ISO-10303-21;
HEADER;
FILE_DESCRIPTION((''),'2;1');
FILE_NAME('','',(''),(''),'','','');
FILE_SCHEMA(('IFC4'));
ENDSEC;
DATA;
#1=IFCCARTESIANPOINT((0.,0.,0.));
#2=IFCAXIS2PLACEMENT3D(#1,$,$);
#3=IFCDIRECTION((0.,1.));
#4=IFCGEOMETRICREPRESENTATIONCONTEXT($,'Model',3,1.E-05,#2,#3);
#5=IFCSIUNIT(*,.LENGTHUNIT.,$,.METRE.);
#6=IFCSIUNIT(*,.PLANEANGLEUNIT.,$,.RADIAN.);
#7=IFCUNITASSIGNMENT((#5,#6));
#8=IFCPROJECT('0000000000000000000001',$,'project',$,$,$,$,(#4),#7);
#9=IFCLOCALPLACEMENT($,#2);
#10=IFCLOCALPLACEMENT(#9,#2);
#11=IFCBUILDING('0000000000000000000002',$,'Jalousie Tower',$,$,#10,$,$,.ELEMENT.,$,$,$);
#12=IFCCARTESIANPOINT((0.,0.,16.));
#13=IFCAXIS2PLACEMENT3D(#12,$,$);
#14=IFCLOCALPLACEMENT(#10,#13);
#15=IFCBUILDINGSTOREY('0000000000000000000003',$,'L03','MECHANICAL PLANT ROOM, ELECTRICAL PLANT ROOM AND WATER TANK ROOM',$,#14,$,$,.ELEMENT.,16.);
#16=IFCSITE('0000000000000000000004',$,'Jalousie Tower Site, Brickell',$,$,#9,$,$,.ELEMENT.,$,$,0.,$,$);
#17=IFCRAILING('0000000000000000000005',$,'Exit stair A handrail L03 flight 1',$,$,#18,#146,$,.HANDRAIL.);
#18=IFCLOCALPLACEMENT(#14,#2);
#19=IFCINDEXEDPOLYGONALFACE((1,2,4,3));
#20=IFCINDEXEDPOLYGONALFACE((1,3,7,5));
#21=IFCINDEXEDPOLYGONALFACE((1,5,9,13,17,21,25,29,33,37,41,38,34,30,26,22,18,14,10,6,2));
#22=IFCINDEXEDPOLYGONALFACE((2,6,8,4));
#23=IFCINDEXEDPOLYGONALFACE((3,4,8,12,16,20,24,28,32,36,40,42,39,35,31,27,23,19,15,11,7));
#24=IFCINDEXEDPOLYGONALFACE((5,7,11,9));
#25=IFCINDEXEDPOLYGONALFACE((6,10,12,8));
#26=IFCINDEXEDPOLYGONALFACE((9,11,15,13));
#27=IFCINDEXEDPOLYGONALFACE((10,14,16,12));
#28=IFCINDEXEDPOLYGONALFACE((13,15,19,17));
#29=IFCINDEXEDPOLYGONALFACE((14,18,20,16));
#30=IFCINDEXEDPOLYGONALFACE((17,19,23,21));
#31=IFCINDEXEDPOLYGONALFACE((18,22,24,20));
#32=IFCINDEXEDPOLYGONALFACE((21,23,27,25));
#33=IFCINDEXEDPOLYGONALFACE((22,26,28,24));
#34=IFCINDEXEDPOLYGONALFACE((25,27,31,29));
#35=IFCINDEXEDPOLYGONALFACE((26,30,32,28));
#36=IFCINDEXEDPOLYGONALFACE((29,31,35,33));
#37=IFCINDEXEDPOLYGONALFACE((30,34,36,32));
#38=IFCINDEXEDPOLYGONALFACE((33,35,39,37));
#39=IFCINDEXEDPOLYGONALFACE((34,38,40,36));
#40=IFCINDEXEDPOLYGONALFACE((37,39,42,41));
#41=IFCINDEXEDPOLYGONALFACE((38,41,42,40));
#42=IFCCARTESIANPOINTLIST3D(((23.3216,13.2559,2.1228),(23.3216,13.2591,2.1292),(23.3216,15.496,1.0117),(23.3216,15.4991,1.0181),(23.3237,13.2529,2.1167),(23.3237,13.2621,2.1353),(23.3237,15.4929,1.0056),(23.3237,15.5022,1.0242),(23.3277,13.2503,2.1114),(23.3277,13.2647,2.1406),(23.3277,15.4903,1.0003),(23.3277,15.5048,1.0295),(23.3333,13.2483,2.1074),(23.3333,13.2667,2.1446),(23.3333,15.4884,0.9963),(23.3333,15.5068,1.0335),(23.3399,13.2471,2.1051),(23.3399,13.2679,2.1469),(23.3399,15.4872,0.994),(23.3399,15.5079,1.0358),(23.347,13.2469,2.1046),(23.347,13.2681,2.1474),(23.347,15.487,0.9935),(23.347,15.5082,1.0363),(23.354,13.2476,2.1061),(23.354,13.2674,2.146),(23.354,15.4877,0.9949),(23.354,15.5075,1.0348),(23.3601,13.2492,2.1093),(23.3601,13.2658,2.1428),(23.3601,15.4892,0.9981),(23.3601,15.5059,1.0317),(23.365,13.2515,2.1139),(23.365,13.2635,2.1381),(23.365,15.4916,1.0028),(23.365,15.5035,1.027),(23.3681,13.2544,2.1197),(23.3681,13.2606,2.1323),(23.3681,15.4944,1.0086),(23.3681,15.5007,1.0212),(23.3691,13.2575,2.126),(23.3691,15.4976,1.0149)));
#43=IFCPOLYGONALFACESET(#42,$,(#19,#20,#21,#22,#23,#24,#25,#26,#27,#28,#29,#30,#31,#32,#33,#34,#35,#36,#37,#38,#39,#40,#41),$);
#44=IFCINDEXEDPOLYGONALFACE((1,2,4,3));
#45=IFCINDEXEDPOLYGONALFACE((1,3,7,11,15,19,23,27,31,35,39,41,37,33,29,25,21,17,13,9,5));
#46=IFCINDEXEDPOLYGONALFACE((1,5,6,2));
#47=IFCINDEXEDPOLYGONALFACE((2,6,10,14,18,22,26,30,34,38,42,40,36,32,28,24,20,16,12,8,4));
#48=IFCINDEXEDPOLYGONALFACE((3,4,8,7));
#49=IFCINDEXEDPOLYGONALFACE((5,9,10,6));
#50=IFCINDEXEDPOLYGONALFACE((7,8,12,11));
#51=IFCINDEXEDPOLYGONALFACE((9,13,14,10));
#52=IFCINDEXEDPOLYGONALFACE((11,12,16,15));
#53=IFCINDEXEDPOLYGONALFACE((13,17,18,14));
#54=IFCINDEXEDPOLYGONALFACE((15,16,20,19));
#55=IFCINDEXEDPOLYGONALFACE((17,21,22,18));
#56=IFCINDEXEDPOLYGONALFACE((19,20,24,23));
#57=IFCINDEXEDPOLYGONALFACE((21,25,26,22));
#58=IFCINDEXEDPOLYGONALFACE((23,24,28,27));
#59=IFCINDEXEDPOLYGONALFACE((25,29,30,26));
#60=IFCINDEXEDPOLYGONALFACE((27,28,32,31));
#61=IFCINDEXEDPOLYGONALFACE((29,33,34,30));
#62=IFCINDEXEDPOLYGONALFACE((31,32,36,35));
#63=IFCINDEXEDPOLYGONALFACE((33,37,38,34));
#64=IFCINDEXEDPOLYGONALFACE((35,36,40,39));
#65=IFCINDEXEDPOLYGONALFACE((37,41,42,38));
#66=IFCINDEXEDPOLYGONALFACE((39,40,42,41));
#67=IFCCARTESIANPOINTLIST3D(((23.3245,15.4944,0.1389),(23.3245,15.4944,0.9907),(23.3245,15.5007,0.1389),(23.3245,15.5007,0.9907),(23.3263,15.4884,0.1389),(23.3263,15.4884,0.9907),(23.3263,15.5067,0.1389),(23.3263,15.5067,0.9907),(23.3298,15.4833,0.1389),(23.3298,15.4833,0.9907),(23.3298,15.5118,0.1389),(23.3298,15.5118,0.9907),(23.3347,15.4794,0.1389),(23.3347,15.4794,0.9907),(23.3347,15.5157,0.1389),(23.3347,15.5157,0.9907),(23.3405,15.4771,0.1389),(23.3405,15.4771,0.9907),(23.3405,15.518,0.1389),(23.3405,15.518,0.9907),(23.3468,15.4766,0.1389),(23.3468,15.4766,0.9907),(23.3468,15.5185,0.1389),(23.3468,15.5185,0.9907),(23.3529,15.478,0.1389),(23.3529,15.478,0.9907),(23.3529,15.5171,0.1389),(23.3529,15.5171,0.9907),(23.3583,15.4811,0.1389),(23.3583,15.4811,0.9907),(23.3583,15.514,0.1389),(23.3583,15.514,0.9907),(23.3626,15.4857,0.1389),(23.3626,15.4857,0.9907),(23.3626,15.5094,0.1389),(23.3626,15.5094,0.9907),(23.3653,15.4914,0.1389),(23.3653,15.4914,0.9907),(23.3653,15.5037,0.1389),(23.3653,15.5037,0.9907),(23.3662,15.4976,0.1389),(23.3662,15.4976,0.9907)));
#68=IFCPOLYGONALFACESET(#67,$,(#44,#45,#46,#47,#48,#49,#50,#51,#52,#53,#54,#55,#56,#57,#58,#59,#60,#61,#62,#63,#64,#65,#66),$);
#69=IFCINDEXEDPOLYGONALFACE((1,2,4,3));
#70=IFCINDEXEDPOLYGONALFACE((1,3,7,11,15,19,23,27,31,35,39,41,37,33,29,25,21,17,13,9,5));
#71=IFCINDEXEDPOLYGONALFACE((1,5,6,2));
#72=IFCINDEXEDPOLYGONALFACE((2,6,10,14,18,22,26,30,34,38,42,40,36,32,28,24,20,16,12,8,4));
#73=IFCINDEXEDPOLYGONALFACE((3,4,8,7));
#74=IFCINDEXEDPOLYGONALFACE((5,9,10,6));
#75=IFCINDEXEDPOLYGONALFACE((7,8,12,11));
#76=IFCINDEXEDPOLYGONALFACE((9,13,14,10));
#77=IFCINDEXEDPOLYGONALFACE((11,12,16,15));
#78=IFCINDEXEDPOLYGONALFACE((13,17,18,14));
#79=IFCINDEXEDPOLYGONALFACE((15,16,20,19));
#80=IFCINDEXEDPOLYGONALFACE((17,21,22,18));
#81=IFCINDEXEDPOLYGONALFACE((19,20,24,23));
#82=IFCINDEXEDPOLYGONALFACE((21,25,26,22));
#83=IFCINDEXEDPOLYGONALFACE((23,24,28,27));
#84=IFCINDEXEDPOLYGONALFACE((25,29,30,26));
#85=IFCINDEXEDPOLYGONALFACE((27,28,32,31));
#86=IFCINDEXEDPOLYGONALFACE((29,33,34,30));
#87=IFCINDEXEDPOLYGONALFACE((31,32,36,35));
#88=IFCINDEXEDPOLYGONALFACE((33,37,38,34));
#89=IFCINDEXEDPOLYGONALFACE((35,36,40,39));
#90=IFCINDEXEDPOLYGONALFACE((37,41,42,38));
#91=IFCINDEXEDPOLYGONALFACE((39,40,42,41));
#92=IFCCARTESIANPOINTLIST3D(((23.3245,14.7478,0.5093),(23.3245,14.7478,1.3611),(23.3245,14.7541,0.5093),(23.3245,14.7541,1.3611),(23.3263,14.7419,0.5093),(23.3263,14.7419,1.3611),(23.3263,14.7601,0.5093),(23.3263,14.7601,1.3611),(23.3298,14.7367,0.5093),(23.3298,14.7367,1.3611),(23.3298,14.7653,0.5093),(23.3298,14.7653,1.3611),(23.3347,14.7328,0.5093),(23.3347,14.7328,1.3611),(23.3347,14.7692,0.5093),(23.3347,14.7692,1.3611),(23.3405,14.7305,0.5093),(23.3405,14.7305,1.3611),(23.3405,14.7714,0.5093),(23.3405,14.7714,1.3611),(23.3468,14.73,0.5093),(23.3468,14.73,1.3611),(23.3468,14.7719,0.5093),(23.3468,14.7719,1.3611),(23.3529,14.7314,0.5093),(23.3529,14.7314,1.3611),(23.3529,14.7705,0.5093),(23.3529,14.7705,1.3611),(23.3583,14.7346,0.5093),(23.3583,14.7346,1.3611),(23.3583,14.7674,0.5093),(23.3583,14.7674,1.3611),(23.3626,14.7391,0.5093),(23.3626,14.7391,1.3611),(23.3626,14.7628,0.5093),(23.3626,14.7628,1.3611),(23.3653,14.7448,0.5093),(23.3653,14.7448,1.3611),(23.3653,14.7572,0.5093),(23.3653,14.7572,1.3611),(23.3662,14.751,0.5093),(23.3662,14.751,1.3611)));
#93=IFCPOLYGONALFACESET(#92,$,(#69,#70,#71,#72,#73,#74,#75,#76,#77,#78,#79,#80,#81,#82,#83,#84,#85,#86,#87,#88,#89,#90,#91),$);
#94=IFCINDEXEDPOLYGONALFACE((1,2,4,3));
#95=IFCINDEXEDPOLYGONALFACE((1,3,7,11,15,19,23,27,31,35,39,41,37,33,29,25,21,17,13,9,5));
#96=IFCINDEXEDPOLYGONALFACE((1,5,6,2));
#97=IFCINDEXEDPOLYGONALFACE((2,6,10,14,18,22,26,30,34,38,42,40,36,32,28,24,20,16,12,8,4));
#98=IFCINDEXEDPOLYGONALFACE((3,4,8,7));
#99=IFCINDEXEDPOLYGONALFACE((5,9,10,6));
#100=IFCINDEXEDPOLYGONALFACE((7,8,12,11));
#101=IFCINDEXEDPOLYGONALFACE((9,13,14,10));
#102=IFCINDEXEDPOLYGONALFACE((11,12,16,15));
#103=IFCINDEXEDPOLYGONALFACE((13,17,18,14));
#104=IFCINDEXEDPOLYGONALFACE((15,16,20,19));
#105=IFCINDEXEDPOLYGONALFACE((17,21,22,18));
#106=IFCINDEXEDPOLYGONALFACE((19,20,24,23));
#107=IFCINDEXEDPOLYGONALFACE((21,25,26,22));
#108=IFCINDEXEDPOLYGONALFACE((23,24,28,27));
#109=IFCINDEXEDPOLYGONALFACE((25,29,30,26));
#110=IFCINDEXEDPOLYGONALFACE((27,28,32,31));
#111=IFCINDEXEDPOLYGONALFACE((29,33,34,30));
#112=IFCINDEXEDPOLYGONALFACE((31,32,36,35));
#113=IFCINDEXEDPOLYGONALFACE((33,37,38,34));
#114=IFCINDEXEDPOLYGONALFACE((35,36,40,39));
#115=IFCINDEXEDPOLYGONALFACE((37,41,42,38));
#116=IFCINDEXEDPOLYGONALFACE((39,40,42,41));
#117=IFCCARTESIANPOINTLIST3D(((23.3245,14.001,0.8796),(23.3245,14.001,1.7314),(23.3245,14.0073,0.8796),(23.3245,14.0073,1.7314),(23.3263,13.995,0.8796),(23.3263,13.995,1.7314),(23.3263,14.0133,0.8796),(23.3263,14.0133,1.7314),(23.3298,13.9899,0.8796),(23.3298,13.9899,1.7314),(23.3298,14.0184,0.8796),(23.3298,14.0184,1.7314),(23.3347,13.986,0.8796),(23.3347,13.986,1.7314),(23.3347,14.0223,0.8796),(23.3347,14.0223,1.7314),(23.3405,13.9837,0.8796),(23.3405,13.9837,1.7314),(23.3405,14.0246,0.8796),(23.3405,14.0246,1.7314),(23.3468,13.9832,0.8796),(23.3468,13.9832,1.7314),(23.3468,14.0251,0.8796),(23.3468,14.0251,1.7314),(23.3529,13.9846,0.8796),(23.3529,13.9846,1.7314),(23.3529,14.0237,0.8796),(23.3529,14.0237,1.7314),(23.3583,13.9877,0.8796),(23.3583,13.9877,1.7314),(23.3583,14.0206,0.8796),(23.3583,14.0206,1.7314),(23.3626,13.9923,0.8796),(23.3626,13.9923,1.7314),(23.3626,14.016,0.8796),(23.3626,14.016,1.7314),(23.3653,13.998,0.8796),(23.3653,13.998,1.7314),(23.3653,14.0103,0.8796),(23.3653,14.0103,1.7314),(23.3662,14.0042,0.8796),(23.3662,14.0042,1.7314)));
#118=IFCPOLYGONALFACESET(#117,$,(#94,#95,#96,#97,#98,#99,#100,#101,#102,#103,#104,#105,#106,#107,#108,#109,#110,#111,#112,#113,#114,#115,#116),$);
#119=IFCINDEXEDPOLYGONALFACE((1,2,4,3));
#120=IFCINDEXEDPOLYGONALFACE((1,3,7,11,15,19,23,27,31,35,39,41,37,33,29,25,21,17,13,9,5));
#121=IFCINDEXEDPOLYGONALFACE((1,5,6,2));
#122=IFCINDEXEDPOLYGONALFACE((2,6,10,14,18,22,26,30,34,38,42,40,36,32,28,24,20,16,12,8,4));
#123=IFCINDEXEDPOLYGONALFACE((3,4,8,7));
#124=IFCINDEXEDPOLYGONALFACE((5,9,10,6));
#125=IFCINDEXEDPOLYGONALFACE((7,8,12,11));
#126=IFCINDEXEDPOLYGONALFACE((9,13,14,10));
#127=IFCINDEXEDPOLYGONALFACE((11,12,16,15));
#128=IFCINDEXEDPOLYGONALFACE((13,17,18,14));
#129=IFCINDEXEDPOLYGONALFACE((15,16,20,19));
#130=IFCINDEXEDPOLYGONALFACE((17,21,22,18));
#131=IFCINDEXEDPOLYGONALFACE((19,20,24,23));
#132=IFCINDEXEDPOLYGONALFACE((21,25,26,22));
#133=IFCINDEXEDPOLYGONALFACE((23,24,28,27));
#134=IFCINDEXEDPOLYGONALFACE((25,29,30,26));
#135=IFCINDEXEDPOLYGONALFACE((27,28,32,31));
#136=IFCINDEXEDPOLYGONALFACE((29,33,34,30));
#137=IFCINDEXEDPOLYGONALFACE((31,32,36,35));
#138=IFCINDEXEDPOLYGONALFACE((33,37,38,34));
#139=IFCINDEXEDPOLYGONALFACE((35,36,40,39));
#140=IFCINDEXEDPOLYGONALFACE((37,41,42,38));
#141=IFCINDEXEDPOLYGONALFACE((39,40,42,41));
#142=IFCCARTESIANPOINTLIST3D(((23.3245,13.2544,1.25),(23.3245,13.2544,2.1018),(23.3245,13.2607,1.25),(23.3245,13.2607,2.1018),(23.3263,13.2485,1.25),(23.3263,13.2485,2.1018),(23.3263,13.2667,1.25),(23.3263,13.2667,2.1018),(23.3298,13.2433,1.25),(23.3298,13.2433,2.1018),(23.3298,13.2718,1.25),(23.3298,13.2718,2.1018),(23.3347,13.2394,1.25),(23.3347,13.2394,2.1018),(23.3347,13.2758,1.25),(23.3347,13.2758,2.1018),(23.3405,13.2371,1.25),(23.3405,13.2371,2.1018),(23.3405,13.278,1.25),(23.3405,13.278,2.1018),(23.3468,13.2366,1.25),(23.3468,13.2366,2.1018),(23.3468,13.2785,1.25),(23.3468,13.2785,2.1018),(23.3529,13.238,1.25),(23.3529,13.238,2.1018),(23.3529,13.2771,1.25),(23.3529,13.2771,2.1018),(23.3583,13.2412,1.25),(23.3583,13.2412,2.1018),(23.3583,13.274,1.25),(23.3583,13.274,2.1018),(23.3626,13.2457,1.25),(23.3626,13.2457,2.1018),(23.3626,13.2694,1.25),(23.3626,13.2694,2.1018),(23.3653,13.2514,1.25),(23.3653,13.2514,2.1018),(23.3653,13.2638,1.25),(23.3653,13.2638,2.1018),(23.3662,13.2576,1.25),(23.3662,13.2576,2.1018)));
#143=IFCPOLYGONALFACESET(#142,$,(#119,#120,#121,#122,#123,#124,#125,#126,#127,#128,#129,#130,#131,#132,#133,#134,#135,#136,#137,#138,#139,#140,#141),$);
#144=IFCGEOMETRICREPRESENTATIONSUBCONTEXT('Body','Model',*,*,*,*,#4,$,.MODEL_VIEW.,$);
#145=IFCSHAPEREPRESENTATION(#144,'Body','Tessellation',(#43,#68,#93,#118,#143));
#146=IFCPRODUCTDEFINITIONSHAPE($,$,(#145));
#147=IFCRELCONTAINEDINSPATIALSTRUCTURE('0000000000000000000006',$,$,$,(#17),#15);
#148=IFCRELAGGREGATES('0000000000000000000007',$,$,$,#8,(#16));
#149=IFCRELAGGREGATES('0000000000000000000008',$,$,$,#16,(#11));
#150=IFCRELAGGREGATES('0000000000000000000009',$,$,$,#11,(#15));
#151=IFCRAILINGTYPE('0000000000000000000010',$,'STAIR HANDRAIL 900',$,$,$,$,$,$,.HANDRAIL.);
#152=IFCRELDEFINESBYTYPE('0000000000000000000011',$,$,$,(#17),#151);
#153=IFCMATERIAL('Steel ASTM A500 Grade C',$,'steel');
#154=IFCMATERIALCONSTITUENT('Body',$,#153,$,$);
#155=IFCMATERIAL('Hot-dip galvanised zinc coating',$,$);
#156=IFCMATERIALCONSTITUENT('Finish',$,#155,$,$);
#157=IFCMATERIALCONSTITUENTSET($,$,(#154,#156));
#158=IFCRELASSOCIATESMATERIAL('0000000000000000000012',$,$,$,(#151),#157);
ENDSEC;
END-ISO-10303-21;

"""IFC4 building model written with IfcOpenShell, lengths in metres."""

from ifc_helpers import new_model, si_unit, direction, frame, origin, origin_2d, place, context, subcontext, project, spatial, circle, extrude, material, constituent, constituent_set, type_object, element, save


model = new_model("IFC4")

# Units and contexts
model_context = context("Model", 3, precision=1e-05, world=origin(), true_north=direction((0.0, 1.0)))
body_context = subcontext(model_context, "Body", "Model", "MODEL_VIEW")
ifc_project = project(units=[si_unit("LENGTHUNIT", "METRE"), si_unit("PLANEANGLEUNIT", "RADIAN")], contexts=[model_context])

# Site, building, storey
site_placement = place(None, origin())
site = spatial("IfcSite", under=ifc_project, at=site_placement, Name="Jalousie Tower Site, Brickell", CompositionType="ELEMENT", RefElevation=0.0)
building_placement = place(site_placement, origin())
building = spatial("IfcBuilding", under=site, at=building_placement, Name="Jalousie Tower", CompositionType="ELEMENT")
storey_placement = place(building_placement, frame((0.0, 0.0, 16.0)))
storey = spatial("IfcBuildingStorey", under=building, at=storey_placement, Name="L03", Description="MECHANICAL PLANT ROOM, ELECTRICAL PLANT ROOM AND WATER TANK ROOM", CompositionType="ELEMENT", Elevation=16.0)

# Railing
ifc_material_1 = material(Name="Steel ASTM A500 Grade C", Category="steel")
ifc_constituent_1 = constituent(ifc_material_1, Name="Body")
ifc_material_2 = material(Name="Hot-dip galvanised zinc coating")
ifc_constituent_2 = constituent(ifc_material_2, Name="Finish")
ifc_constituent_set_1 = constituent_set(constituents=[ifc_constituent_1, ifc_constituent_2])
railing_type_1 = type_object("IfcRailingType", Name="STAIR HANDRAIL 900", PredefinedType="HANDRAIL", material=ifc_constituent_set_1)
railing_1_placement = place(storey_placement, frame((23.3452, 15.4976, 0.1389)))
element("IfcRailing", 1, at=railing_1_placement, inside=storey, type_object=railing_type_1, Name="Exit stair A handrail L03 flight 1", PredefinedType="HANDRAIL", context=body_context, shape_type="SweptSolid", body=[
    extrude(circle(Radius=0.0239, at=origin_2d()), frame((0.0, 0.0, 0.876), z_axis=(0.0, -0.895848, 0.44436), x_axis=(1.0, 0.0, 0.0)), (0.0, 0.0, 1.0), 2.5005),
    extrude(circle(Radius=0.021, at=origin_2d()), origin(), (0.0, 0.0, 1.0), 0.8518),
    extrude(circle(Radius=0.021, at=origin_2d()), frame((0.0, -0.7466, 0.3704)), (0.0, 0.0, 1.0), 0.8518),
    extrude(circle(Radius=0.021, at=origin_2d()), frame((0.0, -1.4934, 0.7407)), (0.0, 0.0, 1.0), 0.8518),
    extrude(circle(Radius=0.021, at=origin_2d()), frame((0.0, -2.24, 1.1111)), (0.0, 0.0, 1.0), 0.8518),
])

save(model, "model.ifc")
